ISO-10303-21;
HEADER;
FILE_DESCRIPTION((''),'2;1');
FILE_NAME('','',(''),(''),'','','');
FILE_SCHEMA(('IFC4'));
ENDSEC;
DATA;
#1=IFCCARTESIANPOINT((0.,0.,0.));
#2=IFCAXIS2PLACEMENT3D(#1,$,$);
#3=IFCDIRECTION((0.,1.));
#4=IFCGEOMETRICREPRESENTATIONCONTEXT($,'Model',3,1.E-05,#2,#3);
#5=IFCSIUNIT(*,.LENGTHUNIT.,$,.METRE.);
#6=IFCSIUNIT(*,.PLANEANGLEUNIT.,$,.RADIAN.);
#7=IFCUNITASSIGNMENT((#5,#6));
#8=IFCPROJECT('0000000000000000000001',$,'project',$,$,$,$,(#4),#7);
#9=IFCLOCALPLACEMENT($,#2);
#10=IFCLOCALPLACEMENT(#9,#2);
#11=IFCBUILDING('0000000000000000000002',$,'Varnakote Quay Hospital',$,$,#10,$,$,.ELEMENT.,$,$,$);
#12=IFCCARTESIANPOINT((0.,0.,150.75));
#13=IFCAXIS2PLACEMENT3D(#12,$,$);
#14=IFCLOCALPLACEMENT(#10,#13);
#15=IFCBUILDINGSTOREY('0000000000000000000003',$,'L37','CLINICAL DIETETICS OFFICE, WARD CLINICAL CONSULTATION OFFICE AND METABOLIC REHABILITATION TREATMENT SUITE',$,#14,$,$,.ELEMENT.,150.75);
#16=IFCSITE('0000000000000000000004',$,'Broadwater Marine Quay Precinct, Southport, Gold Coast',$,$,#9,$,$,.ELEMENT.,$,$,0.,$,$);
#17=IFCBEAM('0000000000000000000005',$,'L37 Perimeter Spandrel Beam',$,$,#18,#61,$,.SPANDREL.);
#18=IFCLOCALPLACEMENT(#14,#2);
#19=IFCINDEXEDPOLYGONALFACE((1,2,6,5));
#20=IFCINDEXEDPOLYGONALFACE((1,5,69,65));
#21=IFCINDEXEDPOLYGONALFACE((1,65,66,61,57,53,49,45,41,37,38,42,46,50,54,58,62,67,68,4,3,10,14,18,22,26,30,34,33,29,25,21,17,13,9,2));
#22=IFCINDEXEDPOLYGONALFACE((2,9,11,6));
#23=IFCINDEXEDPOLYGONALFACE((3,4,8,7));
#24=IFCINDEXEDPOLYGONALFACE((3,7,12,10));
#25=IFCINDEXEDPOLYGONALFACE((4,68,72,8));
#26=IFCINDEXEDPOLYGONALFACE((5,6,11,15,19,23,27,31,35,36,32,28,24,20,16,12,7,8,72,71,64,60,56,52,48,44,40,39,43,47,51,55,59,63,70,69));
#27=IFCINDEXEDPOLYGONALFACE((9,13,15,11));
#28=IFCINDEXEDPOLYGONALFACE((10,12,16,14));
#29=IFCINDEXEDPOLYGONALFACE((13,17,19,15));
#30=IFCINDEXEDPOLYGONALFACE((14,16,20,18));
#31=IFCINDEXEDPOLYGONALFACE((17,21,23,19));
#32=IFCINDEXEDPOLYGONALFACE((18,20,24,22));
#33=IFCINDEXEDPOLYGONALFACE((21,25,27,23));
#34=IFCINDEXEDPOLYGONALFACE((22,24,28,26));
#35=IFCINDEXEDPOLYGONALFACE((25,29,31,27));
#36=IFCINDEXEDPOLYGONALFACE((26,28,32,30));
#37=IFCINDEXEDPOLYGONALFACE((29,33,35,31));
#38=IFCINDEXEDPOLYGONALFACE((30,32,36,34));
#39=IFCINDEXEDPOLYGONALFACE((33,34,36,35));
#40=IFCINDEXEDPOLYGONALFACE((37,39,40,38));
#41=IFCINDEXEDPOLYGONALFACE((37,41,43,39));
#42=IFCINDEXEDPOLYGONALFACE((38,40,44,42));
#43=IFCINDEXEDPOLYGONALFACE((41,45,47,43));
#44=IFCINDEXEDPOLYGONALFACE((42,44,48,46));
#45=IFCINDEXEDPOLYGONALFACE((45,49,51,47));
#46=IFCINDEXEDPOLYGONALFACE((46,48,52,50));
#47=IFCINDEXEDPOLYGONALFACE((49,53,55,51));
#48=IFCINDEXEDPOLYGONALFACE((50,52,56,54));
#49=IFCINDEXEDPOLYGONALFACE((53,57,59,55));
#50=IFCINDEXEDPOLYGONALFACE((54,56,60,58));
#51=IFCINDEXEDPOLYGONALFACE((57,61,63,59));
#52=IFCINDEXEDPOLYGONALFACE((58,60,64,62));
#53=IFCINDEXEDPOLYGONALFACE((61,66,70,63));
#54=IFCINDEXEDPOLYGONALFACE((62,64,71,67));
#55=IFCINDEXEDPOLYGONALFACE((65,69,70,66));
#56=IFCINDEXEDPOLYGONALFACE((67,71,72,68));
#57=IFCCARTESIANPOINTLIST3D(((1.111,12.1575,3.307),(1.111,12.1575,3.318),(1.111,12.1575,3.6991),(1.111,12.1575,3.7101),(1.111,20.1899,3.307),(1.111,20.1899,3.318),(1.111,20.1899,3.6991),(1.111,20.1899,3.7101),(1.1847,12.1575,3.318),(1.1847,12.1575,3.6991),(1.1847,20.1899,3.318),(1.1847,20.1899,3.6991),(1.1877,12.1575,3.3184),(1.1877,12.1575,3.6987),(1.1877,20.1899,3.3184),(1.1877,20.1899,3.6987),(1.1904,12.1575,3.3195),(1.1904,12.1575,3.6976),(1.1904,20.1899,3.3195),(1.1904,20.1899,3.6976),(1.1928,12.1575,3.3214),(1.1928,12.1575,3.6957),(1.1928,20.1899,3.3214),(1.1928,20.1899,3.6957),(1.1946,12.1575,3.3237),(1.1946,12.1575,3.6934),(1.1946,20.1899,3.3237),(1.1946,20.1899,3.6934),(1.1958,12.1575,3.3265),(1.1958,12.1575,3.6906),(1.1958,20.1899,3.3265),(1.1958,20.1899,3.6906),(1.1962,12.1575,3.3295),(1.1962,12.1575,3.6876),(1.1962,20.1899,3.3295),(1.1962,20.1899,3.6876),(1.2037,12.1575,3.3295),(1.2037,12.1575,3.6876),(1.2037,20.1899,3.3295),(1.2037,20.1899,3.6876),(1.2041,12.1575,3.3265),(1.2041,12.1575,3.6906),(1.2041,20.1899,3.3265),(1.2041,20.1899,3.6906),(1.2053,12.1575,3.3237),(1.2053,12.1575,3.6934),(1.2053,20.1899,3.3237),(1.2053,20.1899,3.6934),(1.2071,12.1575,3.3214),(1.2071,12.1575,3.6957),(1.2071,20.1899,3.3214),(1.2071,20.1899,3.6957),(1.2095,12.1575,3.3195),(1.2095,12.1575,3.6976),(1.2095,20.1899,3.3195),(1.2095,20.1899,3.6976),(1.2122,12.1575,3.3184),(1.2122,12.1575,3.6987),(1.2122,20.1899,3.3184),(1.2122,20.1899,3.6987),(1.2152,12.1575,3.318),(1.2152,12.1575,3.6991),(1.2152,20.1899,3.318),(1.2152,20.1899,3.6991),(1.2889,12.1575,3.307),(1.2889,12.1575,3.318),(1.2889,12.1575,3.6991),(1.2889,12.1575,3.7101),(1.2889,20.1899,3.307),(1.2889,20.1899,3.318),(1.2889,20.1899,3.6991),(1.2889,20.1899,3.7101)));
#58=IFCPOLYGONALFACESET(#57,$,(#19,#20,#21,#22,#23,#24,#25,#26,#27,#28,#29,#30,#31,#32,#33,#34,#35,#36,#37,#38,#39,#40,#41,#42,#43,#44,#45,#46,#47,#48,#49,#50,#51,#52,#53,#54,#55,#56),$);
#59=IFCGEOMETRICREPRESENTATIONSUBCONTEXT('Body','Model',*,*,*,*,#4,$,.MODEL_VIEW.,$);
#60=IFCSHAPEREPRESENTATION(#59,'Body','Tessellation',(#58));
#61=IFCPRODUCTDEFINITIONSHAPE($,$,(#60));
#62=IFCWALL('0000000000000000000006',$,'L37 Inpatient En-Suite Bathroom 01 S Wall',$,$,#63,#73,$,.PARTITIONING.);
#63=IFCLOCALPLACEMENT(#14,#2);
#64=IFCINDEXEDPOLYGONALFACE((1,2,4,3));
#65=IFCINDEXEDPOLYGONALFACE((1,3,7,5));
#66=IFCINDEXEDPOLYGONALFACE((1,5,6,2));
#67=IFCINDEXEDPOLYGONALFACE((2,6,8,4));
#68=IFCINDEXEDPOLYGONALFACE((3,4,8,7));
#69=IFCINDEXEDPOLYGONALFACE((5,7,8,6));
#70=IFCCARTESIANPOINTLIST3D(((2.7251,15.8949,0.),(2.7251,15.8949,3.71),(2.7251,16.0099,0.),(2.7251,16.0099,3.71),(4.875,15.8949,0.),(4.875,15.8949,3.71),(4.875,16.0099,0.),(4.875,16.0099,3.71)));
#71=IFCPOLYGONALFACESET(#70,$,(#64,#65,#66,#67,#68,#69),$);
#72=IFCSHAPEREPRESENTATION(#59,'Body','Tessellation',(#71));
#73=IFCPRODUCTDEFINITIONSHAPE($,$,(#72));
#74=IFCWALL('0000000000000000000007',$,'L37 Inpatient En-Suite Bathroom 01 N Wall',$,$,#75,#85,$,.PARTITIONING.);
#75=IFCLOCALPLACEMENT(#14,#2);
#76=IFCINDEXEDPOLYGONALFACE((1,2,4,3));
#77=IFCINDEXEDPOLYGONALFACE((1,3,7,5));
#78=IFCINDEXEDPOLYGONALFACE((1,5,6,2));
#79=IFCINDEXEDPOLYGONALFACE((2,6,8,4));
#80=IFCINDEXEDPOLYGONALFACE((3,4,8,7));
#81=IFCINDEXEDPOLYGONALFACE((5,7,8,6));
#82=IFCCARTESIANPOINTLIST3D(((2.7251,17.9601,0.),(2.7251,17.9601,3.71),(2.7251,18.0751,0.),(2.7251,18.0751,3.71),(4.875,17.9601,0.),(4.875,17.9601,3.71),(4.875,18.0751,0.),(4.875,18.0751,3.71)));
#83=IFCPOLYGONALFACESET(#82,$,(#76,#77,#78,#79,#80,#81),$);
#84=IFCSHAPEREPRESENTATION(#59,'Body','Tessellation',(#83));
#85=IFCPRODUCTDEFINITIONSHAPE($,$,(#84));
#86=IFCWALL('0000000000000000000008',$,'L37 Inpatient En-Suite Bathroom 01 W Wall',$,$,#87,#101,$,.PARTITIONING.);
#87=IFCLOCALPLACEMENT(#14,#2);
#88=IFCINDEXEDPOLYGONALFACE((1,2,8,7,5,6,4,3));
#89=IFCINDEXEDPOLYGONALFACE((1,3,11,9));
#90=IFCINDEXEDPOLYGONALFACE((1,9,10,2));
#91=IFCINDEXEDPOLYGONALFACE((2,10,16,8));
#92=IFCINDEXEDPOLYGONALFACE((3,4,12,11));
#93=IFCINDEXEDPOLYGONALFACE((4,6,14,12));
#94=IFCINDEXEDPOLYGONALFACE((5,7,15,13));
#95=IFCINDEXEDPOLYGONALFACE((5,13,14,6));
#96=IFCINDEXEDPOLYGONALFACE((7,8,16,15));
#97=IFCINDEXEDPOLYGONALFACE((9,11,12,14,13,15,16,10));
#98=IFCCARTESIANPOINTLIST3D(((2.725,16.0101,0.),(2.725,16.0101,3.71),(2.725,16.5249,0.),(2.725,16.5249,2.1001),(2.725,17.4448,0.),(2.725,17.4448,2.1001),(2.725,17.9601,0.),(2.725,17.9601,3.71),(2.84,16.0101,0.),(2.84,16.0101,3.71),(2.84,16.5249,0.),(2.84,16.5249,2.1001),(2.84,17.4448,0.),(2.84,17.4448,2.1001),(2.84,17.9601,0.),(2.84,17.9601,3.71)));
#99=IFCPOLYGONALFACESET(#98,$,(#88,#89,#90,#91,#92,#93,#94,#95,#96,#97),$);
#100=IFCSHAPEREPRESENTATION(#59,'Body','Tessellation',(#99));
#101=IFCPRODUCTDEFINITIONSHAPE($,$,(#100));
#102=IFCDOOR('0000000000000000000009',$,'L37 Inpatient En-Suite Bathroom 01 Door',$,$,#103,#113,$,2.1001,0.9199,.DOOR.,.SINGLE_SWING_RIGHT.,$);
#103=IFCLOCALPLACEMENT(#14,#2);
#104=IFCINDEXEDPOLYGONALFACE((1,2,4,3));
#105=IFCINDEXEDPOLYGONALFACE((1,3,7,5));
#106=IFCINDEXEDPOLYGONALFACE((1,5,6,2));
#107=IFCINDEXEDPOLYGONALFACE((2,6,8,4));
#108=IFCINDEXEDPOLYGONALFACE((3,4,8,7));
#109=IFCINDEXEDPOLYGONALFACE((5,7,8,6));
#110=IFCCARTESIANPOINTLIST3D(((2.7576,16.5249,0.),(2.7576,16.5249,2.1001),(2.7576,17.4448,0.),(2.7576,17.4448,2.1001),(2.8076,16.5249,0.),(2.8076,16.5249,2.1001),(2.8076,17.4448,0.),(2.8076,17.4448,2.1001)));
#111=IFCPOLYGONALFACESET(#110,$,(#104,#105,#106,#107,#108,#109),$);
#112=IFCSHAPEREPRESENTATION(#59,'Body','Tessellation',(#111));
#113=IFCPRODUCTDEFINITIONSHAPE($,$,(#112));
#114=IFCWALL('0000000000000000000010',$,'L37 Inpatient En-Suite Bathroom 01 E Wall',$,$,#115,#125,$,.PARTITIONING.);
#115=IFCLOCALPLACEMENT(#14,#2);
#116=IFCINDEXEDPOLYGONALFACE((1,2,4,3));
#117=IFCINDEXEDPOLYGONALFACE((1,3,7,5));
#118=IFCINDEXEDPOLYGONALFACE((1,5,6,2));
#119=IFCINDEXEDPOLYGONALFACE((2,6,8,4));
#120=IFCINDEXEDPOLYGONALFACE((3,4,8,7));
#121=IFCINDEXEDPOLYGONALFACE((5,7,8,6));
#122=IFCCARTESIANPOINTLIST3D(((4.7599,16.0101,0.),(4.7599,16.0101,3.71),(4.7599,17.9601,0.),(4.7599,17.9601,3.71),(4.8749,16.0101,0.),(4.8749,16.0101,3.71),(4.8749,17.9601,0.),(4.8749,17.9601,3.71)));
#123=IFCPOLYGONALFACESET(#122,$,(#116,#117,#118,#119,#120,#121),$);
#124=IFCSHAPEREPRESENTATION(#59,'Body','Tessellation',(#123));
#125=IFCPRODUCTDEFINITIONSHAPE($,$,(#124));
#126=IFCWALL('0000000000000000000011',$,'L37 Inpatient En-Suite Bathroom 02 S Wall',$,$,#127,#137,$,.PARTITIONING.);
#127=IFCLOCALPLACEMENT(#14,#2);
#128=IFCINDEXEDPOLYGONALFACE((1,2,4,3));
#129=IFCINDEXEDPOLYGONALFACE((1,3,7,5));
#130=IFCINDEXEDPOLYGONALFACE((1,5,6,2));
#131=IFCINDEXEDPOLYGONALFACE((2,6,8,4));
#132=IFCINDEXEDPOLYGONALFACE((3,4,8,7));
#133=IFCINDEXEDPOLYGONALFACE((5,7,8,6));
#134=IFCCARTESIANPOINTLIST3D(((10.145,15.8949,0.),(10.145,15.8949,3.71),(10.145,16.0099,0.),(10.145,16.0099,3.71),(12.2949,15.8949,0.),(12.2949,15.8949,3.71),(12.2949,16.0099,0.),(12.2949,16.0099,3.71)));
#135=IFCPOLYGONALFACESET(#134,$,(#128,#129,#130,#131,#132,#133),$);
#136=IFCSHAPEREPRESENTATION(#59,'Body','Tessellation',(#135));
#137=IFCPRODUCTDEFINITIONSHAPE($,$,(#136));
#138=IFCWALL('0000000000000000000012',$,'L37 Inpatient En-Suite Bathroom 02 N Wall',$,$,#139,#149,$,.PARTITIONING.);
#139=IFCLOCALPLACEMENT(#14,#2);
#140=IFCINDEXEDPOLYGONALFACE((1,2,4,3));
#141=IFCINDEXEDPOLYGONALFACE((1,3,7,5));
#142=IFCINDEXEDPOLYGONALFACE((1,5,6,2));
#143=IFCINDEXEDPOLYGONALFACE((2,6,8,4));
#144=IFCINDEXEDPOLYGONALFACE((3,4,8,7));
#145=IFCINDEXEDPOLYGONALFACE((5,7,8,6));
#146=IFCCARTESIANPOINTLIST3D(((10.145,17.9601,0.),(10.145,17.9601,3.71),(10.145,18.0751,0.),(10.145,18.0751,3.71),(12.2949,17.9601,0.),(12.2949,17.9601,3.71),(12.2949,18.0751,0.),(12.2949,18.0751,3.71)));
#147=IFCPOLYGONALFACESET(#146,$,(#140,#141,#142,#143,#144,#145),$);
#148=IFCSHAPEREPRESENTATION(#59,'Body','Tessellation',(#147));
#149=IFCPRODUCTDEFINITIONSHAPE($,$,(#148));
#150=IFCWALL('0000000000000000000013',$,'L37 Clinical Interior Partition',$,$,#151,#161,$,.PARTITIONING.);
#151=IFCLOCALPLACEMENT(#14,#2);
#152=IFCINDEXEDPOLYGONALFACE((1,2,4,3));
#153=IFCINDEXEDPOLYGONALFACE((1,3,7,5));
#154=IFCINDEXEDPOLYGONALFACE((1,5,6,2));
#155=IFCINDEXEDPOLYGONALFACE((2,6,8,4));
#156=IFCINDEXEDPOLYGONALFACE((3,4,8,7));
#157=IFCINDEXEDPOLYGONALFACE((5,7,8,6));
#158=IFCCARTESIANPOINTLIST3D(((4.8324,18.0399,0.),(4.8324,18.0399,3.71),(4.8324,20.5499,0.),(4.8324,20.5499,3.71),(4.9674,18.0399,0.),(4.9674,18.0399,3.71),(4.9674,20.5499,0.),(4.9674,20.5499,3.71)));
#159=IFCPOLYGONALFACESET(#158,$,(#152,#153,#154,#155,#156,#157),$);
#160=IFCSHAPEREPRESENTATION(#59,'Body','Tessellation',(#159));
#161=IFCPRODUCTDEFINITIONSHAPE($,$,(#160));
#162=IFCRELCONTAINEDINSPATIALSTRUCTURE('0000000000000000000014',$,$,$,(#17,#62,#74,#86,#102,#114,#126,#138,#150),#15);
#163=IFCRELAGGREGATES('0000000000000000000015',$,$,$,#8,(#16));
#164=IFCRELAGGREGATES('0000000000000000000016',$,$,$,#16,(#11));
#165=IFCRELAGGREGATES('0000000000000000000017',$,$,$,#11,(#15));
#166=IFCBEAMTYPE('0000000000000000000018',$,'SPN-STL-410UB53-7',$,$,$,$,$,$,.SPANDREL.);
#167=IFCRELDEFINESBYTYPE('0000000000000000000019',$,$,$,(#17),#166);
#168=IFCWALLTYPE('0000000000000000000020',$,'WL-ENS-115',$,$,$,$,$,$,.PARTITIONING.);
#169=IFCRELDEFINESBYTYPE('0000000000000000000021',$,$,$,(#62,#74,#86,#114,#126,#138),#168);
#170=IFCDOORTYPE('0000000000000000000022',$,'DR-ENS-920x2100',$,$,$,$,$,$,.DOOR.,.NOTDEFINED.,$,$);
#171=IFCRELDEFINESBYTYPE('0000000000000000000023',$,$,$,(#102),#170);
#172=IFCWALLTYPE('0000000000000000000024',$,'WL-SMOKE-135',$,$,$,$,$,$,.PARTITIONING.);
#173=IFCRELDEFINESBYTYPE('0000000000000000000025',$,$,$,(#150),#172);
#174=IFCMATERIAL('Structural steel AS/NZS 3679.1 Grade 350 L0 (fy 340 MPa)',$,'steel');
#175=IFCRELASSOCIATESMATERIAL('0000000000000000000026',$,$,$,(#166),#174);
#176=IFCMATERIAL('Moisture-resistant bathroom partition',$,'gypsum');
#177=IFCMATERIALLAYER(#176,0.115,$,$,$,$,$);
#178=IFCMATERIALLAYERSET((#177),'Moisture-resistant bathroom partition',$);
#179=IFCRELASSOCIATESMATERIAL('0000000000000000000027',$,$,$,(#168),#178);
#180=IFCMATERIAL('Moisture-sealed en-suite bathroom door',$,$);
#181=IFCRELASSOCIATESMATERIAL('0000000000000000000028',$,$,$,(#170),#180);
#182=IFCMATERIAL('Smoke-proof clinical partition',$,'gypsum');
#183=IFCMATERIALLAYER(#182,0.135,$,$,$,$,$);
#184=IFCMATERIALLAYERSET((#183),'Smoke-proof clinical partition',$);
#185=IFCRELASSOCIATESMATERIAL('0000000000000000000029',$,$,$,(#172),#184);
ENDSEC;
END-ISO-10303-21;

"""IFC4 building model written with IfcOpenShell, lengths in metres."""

from ifc_helpers import new_model, si_unit, direction, frame, frame_2d, origin, origin_2d, place, context, subcontext, project, spatial, rectangle, i_section, extrude, material, layer, layer_set, material_profile, profile_set, type_object, element, fill, save


model = new_model("IFC4")

# Units and contexts
model_context = context("Model", 3, precision=1e-05, world=origin(), true_north=direction((0.0, 1.0)))
body_context = subcontext(model_context, "Body", "Model", "MODEL_VIEW")
ifc_project = project(units=[si_unit("LENGTHUNIT", "METRE"), si_unit("PLANEANGLEUNIT", "RADIAN")], contexts=[model_context])

# Site, building, storey
site_placement = place(None, origin())
site = spatial("IfcSite", under=ifc_project, at=site_placement, Name="Broadwater Marine Quay Precinct, Southport, Gold Coast", CompositionType="ELEMENT", RefElevation=0.0)
building_placement = place(site_placement, origin())
building = spatial("IfcBuilding", under=site, at=building_placement, Name="Varnakote Quay Hospital", CompositionType="ELEMENT")
storey_placement = place(building_placement, frame((0.0, 0.0, 150.75)))
storey = spatial("IfcBuildingStorey", under=building, at=storey_placement, Name="L37", Description="CLINICAL DIETETICS OFFICE, WARD CLINICAL CONSULTATION OFFICE AND METABOLIC REHABILITATION TREATMENT SUITE", CompositionType="ELEMENT", Elevation=150.75)

# Beam
ifc_material_1 = material(Name="Structural steel AS/NZS 3679.1 Grade 350 L0 (fy 340 MPa)", Category="steel")
ifc_material_profile_1 = material_profile(ifc_material_1, i_section(OverallWidth=0.178, OverallDepth=0.4031, WebThickness=0.0076, FlangeThickness=0.011, FilletRadius=0.0115, at=origin_2d()), Name="410UB53.7")
ifc_profile_set_1 = profile_set([ifc_material_profile_1], Name="Structural steel AS/NZS 3679.1 Grade 350 L0 (fy 340 MPa)")
beam_type_1 = type_object("IfcBeamType", Name="SPN-STL-410UB53-7", PredefinedType="SPANDREL", material=ifc_profile_set_1)
beam_1_placement = place(storey_placement, frame((1.2, 12.1575, 3.5085), z_axis=(0.0, 1.0, 0.0), x_axis=(-1.0, 0.0, 0.0)))
element("IfcBeam", 1, at=beam_1_placement, inside=storey, type_object=beam_type_1, Name="L37 Perimeter Spandrel Beam", PredefinedType="SPANDREL", context=body_context, shape_type="SweptSolid", body=[
    extrude(i_section(OverallWidth=0.178, OverallDepth=0.4031, WebThickness=0.0076, FlangeThickness=0.011, FilletRadius=0.0115, at=origin_2d()), origin(), (0.0, 0.0, 1.0), 8.0325),
])

# Walls
ifc_material_2 = material(Name="Moisture-resistant bathroom partition", Category="gypsum")
ifc_layer_1 = layer(ifc_material_2, 0.115)
ifc_layer_set_1 = layer_set([ifc_layer_1], Name="Moisture-resistant bathroom partition")
wall_type_1 = type_object("IfcWallType", Name="WL-ENS-115", PredefinedType="PARTITIONING", material=ifc_layer_set_1)
for number, where, z_axis, x_axis, name in (
    (2, (2.7251, 15.9524, 0.0), (0.0, 0.0, 1.0), (1.0, 0.0, 0.0), "L37 Inpatient En-Suite Bathroom 01 S Wall"),
    (3, (2.7251, 18.0176, 0.0), (0.0, 0.0, 1.0), (1.0, 0.0, 0.0), "L37 Inpatient En-Suite Bathroom 01 N Wall"),
):
    element("IfcWall", number, at=place(storey_placement, frame(where, z_axis=z_axis, x_axis=x_axis)), inside=storey, type_object=wall_type_1, Name=name, PredefinedType="PARTITIONING", context=body_context, shape_type="SweptSolid", body=[
        extrude(rectangle(XDim=2.1499, YDim=0.115, at=frame_2d((1.075, 0.0))), origin(), (0.0, 0.0, 1.0), 3.71),
    ])

# Wall, opening, door
wall_1_placement = place(storey_placement, frame((2.7825, 16.01, 0.0), z_axis=(0.0, 0.0, 1.0), x_axis=(0.0, 1.0, 0.0)))
wall_1 = element("IfcWall", 4, at=wall_1_placement, inside=storey, type_object=wall_type_1, Name="L37 Inpatient En-Suite Bathroom 01 W Wall", PredefinedType="PARTITIONING", context=body_context, shape_type="SweptSolid", body=[
    extrude(rectangle(XDim=1.95, YDim=0.115, at=frame_2d((0.9751, 0.0))), origin(), (0.0, 0.0, 1.0), 3.71),
])
opening_1_placement = place(wall_1_placement, frame((0.5149, 0.0, 0.0)))
opening_1 = element("IfcOpeningElement", 5, at=opening_1_placement, cuts=wall_1, PredefinedType="OPENING", context=body_context, shape_type="SweptSolid", body=[
    extrude(rectangle(XDim=0.9199, YDim=2.1001, at=frame_2d((0.46, 1.05))), frame((0.0, 0.0674, 0.0), z_axis=(0.0, -1.0, 0.0), x_axis=(1.0, 0.0, 0.0)), (0.0, 0.0, 1.0), 0.135),
])
ifc_material_3 = material(Name="Moisture-sealed en-suite bathroom door")
door_type_1 = type_object("IfcDoorType", Name="DR-ENS-920x2100", OperationType="NOTDEFINED", PredefinedType="DOOR", material=ifc_material_3)
door_1_placement = place(opening_1_placement, origin())
door_1 = element("IfcDoor", 6, at=door_1_placement, inside=storey, type_object=door_type_1, Name="L37 Inpatient En-Suite Bathroom 01 Door", OperationType="SINGLE_SWING_RIGHT", OverallHeight=2.1001, OverallWidth=0.9199, PredefinedType="DOOR", context=body_context, shape_type="SweptSolid", body=[
    extrude(rectangle(XDim=0.9199, YDim=2.1001, at=frame_2d((0.46, 1.05))), frame((0.0, 0.0249, 0.0), z_axis=(0.0, -1.0, 0.0), x_axis=(1.0, 0.0, 0.0)), (0.0, 0.0, 1.0), 0.05),
])
fill(opening_1, door_1)

# Walls
wall_2_placement = place(storey_placement, frame((4.8174, 16.01, 0.0), z_axis=(0.0, 0.0, 1.0), x_axis=(0.0, 1.0, 0.0)))
element("IfcWall", 7, at=wall_2_placement, inside=storey, type_object=wall_type_1, Name="L37 Inpatient En-Suite Bathroom 01 E Wall", PredefinedType="PARTITIONING", context=body_context, shape_type="SweptSolid", body=[
    extrude(rectangle(XDim=1.95, YDim=0.115, at=frame_2d((0.9751, 0.0))), origin(), (0.0, 0.0, 1.0), 3.71),
])
for number, where, z_axis, x_axis, name in (
    (8, (10.145, 15.9524, 0.0), (0.0, 0.0, 1.0), (1.0, 0.0, 0.0), "L37 Inpatient En-Suite Bathroom 02 S Wall"),
    (9, (10.145, 18.0176, 0.0), (0.0, 0.0, 1.0), (1.0, 0.0, 0.0), "L37 Inpatient En-Suite Bathroom 02 N Wall"),
):
    element("IfcWall", number, at=place(storey_placement, frame(where, z_axis=z_axis, x_axis=x_axis)), inside=storey, type_object=wall_type_1, Name=name, PredefinedType="PARTITIONING", context=body_context, shape_type="SweptSolid", body=[
        extrude(rectangle(XDim=2.1499, YDim=0.115, at=frame_2d((1.075, 0.0))), origin(), (0.0, 0.0, 1.0), 3.71),
    ])
ifc_material_4 = material(Name="Smoke-proof clinical partition", Category="gypsum")
ifc_layer_2 = layer(ifc_material_4, 0.135)
ifc_layer_set_2 = layer_set([ifc_layer_2], Name="Smoke-proof clinical partition")
wall_type_2 = type_object("IfcWallType", Name="WL-SMOKE-135", PredefinedType="PARTITIONING", material=ifc_layer_set_2)
wall_3_placement = place(storey_placement, frame((4.8999, 18.04, 0.0), z_axis=(0.0, 0.0, 1.0), x_axis=(0.0, 1.0, 0.0)))
element("IfcWall", 10, at=wall_3_placement, inside=storey, type_object=wall_type_2, Name="L37 Clinical Interior Partition", PredefinedType="PARTITIONING", context=body_context, shape_type="SweptSolid", body=[
    extrude(rectangle(XDim=2.51, YDim=0.135, at=frame_2d((1.2549, 0.0))), origin(), (0.0, 0.0, 1.0), 3.71),
])

save(model, "model.ifc")
